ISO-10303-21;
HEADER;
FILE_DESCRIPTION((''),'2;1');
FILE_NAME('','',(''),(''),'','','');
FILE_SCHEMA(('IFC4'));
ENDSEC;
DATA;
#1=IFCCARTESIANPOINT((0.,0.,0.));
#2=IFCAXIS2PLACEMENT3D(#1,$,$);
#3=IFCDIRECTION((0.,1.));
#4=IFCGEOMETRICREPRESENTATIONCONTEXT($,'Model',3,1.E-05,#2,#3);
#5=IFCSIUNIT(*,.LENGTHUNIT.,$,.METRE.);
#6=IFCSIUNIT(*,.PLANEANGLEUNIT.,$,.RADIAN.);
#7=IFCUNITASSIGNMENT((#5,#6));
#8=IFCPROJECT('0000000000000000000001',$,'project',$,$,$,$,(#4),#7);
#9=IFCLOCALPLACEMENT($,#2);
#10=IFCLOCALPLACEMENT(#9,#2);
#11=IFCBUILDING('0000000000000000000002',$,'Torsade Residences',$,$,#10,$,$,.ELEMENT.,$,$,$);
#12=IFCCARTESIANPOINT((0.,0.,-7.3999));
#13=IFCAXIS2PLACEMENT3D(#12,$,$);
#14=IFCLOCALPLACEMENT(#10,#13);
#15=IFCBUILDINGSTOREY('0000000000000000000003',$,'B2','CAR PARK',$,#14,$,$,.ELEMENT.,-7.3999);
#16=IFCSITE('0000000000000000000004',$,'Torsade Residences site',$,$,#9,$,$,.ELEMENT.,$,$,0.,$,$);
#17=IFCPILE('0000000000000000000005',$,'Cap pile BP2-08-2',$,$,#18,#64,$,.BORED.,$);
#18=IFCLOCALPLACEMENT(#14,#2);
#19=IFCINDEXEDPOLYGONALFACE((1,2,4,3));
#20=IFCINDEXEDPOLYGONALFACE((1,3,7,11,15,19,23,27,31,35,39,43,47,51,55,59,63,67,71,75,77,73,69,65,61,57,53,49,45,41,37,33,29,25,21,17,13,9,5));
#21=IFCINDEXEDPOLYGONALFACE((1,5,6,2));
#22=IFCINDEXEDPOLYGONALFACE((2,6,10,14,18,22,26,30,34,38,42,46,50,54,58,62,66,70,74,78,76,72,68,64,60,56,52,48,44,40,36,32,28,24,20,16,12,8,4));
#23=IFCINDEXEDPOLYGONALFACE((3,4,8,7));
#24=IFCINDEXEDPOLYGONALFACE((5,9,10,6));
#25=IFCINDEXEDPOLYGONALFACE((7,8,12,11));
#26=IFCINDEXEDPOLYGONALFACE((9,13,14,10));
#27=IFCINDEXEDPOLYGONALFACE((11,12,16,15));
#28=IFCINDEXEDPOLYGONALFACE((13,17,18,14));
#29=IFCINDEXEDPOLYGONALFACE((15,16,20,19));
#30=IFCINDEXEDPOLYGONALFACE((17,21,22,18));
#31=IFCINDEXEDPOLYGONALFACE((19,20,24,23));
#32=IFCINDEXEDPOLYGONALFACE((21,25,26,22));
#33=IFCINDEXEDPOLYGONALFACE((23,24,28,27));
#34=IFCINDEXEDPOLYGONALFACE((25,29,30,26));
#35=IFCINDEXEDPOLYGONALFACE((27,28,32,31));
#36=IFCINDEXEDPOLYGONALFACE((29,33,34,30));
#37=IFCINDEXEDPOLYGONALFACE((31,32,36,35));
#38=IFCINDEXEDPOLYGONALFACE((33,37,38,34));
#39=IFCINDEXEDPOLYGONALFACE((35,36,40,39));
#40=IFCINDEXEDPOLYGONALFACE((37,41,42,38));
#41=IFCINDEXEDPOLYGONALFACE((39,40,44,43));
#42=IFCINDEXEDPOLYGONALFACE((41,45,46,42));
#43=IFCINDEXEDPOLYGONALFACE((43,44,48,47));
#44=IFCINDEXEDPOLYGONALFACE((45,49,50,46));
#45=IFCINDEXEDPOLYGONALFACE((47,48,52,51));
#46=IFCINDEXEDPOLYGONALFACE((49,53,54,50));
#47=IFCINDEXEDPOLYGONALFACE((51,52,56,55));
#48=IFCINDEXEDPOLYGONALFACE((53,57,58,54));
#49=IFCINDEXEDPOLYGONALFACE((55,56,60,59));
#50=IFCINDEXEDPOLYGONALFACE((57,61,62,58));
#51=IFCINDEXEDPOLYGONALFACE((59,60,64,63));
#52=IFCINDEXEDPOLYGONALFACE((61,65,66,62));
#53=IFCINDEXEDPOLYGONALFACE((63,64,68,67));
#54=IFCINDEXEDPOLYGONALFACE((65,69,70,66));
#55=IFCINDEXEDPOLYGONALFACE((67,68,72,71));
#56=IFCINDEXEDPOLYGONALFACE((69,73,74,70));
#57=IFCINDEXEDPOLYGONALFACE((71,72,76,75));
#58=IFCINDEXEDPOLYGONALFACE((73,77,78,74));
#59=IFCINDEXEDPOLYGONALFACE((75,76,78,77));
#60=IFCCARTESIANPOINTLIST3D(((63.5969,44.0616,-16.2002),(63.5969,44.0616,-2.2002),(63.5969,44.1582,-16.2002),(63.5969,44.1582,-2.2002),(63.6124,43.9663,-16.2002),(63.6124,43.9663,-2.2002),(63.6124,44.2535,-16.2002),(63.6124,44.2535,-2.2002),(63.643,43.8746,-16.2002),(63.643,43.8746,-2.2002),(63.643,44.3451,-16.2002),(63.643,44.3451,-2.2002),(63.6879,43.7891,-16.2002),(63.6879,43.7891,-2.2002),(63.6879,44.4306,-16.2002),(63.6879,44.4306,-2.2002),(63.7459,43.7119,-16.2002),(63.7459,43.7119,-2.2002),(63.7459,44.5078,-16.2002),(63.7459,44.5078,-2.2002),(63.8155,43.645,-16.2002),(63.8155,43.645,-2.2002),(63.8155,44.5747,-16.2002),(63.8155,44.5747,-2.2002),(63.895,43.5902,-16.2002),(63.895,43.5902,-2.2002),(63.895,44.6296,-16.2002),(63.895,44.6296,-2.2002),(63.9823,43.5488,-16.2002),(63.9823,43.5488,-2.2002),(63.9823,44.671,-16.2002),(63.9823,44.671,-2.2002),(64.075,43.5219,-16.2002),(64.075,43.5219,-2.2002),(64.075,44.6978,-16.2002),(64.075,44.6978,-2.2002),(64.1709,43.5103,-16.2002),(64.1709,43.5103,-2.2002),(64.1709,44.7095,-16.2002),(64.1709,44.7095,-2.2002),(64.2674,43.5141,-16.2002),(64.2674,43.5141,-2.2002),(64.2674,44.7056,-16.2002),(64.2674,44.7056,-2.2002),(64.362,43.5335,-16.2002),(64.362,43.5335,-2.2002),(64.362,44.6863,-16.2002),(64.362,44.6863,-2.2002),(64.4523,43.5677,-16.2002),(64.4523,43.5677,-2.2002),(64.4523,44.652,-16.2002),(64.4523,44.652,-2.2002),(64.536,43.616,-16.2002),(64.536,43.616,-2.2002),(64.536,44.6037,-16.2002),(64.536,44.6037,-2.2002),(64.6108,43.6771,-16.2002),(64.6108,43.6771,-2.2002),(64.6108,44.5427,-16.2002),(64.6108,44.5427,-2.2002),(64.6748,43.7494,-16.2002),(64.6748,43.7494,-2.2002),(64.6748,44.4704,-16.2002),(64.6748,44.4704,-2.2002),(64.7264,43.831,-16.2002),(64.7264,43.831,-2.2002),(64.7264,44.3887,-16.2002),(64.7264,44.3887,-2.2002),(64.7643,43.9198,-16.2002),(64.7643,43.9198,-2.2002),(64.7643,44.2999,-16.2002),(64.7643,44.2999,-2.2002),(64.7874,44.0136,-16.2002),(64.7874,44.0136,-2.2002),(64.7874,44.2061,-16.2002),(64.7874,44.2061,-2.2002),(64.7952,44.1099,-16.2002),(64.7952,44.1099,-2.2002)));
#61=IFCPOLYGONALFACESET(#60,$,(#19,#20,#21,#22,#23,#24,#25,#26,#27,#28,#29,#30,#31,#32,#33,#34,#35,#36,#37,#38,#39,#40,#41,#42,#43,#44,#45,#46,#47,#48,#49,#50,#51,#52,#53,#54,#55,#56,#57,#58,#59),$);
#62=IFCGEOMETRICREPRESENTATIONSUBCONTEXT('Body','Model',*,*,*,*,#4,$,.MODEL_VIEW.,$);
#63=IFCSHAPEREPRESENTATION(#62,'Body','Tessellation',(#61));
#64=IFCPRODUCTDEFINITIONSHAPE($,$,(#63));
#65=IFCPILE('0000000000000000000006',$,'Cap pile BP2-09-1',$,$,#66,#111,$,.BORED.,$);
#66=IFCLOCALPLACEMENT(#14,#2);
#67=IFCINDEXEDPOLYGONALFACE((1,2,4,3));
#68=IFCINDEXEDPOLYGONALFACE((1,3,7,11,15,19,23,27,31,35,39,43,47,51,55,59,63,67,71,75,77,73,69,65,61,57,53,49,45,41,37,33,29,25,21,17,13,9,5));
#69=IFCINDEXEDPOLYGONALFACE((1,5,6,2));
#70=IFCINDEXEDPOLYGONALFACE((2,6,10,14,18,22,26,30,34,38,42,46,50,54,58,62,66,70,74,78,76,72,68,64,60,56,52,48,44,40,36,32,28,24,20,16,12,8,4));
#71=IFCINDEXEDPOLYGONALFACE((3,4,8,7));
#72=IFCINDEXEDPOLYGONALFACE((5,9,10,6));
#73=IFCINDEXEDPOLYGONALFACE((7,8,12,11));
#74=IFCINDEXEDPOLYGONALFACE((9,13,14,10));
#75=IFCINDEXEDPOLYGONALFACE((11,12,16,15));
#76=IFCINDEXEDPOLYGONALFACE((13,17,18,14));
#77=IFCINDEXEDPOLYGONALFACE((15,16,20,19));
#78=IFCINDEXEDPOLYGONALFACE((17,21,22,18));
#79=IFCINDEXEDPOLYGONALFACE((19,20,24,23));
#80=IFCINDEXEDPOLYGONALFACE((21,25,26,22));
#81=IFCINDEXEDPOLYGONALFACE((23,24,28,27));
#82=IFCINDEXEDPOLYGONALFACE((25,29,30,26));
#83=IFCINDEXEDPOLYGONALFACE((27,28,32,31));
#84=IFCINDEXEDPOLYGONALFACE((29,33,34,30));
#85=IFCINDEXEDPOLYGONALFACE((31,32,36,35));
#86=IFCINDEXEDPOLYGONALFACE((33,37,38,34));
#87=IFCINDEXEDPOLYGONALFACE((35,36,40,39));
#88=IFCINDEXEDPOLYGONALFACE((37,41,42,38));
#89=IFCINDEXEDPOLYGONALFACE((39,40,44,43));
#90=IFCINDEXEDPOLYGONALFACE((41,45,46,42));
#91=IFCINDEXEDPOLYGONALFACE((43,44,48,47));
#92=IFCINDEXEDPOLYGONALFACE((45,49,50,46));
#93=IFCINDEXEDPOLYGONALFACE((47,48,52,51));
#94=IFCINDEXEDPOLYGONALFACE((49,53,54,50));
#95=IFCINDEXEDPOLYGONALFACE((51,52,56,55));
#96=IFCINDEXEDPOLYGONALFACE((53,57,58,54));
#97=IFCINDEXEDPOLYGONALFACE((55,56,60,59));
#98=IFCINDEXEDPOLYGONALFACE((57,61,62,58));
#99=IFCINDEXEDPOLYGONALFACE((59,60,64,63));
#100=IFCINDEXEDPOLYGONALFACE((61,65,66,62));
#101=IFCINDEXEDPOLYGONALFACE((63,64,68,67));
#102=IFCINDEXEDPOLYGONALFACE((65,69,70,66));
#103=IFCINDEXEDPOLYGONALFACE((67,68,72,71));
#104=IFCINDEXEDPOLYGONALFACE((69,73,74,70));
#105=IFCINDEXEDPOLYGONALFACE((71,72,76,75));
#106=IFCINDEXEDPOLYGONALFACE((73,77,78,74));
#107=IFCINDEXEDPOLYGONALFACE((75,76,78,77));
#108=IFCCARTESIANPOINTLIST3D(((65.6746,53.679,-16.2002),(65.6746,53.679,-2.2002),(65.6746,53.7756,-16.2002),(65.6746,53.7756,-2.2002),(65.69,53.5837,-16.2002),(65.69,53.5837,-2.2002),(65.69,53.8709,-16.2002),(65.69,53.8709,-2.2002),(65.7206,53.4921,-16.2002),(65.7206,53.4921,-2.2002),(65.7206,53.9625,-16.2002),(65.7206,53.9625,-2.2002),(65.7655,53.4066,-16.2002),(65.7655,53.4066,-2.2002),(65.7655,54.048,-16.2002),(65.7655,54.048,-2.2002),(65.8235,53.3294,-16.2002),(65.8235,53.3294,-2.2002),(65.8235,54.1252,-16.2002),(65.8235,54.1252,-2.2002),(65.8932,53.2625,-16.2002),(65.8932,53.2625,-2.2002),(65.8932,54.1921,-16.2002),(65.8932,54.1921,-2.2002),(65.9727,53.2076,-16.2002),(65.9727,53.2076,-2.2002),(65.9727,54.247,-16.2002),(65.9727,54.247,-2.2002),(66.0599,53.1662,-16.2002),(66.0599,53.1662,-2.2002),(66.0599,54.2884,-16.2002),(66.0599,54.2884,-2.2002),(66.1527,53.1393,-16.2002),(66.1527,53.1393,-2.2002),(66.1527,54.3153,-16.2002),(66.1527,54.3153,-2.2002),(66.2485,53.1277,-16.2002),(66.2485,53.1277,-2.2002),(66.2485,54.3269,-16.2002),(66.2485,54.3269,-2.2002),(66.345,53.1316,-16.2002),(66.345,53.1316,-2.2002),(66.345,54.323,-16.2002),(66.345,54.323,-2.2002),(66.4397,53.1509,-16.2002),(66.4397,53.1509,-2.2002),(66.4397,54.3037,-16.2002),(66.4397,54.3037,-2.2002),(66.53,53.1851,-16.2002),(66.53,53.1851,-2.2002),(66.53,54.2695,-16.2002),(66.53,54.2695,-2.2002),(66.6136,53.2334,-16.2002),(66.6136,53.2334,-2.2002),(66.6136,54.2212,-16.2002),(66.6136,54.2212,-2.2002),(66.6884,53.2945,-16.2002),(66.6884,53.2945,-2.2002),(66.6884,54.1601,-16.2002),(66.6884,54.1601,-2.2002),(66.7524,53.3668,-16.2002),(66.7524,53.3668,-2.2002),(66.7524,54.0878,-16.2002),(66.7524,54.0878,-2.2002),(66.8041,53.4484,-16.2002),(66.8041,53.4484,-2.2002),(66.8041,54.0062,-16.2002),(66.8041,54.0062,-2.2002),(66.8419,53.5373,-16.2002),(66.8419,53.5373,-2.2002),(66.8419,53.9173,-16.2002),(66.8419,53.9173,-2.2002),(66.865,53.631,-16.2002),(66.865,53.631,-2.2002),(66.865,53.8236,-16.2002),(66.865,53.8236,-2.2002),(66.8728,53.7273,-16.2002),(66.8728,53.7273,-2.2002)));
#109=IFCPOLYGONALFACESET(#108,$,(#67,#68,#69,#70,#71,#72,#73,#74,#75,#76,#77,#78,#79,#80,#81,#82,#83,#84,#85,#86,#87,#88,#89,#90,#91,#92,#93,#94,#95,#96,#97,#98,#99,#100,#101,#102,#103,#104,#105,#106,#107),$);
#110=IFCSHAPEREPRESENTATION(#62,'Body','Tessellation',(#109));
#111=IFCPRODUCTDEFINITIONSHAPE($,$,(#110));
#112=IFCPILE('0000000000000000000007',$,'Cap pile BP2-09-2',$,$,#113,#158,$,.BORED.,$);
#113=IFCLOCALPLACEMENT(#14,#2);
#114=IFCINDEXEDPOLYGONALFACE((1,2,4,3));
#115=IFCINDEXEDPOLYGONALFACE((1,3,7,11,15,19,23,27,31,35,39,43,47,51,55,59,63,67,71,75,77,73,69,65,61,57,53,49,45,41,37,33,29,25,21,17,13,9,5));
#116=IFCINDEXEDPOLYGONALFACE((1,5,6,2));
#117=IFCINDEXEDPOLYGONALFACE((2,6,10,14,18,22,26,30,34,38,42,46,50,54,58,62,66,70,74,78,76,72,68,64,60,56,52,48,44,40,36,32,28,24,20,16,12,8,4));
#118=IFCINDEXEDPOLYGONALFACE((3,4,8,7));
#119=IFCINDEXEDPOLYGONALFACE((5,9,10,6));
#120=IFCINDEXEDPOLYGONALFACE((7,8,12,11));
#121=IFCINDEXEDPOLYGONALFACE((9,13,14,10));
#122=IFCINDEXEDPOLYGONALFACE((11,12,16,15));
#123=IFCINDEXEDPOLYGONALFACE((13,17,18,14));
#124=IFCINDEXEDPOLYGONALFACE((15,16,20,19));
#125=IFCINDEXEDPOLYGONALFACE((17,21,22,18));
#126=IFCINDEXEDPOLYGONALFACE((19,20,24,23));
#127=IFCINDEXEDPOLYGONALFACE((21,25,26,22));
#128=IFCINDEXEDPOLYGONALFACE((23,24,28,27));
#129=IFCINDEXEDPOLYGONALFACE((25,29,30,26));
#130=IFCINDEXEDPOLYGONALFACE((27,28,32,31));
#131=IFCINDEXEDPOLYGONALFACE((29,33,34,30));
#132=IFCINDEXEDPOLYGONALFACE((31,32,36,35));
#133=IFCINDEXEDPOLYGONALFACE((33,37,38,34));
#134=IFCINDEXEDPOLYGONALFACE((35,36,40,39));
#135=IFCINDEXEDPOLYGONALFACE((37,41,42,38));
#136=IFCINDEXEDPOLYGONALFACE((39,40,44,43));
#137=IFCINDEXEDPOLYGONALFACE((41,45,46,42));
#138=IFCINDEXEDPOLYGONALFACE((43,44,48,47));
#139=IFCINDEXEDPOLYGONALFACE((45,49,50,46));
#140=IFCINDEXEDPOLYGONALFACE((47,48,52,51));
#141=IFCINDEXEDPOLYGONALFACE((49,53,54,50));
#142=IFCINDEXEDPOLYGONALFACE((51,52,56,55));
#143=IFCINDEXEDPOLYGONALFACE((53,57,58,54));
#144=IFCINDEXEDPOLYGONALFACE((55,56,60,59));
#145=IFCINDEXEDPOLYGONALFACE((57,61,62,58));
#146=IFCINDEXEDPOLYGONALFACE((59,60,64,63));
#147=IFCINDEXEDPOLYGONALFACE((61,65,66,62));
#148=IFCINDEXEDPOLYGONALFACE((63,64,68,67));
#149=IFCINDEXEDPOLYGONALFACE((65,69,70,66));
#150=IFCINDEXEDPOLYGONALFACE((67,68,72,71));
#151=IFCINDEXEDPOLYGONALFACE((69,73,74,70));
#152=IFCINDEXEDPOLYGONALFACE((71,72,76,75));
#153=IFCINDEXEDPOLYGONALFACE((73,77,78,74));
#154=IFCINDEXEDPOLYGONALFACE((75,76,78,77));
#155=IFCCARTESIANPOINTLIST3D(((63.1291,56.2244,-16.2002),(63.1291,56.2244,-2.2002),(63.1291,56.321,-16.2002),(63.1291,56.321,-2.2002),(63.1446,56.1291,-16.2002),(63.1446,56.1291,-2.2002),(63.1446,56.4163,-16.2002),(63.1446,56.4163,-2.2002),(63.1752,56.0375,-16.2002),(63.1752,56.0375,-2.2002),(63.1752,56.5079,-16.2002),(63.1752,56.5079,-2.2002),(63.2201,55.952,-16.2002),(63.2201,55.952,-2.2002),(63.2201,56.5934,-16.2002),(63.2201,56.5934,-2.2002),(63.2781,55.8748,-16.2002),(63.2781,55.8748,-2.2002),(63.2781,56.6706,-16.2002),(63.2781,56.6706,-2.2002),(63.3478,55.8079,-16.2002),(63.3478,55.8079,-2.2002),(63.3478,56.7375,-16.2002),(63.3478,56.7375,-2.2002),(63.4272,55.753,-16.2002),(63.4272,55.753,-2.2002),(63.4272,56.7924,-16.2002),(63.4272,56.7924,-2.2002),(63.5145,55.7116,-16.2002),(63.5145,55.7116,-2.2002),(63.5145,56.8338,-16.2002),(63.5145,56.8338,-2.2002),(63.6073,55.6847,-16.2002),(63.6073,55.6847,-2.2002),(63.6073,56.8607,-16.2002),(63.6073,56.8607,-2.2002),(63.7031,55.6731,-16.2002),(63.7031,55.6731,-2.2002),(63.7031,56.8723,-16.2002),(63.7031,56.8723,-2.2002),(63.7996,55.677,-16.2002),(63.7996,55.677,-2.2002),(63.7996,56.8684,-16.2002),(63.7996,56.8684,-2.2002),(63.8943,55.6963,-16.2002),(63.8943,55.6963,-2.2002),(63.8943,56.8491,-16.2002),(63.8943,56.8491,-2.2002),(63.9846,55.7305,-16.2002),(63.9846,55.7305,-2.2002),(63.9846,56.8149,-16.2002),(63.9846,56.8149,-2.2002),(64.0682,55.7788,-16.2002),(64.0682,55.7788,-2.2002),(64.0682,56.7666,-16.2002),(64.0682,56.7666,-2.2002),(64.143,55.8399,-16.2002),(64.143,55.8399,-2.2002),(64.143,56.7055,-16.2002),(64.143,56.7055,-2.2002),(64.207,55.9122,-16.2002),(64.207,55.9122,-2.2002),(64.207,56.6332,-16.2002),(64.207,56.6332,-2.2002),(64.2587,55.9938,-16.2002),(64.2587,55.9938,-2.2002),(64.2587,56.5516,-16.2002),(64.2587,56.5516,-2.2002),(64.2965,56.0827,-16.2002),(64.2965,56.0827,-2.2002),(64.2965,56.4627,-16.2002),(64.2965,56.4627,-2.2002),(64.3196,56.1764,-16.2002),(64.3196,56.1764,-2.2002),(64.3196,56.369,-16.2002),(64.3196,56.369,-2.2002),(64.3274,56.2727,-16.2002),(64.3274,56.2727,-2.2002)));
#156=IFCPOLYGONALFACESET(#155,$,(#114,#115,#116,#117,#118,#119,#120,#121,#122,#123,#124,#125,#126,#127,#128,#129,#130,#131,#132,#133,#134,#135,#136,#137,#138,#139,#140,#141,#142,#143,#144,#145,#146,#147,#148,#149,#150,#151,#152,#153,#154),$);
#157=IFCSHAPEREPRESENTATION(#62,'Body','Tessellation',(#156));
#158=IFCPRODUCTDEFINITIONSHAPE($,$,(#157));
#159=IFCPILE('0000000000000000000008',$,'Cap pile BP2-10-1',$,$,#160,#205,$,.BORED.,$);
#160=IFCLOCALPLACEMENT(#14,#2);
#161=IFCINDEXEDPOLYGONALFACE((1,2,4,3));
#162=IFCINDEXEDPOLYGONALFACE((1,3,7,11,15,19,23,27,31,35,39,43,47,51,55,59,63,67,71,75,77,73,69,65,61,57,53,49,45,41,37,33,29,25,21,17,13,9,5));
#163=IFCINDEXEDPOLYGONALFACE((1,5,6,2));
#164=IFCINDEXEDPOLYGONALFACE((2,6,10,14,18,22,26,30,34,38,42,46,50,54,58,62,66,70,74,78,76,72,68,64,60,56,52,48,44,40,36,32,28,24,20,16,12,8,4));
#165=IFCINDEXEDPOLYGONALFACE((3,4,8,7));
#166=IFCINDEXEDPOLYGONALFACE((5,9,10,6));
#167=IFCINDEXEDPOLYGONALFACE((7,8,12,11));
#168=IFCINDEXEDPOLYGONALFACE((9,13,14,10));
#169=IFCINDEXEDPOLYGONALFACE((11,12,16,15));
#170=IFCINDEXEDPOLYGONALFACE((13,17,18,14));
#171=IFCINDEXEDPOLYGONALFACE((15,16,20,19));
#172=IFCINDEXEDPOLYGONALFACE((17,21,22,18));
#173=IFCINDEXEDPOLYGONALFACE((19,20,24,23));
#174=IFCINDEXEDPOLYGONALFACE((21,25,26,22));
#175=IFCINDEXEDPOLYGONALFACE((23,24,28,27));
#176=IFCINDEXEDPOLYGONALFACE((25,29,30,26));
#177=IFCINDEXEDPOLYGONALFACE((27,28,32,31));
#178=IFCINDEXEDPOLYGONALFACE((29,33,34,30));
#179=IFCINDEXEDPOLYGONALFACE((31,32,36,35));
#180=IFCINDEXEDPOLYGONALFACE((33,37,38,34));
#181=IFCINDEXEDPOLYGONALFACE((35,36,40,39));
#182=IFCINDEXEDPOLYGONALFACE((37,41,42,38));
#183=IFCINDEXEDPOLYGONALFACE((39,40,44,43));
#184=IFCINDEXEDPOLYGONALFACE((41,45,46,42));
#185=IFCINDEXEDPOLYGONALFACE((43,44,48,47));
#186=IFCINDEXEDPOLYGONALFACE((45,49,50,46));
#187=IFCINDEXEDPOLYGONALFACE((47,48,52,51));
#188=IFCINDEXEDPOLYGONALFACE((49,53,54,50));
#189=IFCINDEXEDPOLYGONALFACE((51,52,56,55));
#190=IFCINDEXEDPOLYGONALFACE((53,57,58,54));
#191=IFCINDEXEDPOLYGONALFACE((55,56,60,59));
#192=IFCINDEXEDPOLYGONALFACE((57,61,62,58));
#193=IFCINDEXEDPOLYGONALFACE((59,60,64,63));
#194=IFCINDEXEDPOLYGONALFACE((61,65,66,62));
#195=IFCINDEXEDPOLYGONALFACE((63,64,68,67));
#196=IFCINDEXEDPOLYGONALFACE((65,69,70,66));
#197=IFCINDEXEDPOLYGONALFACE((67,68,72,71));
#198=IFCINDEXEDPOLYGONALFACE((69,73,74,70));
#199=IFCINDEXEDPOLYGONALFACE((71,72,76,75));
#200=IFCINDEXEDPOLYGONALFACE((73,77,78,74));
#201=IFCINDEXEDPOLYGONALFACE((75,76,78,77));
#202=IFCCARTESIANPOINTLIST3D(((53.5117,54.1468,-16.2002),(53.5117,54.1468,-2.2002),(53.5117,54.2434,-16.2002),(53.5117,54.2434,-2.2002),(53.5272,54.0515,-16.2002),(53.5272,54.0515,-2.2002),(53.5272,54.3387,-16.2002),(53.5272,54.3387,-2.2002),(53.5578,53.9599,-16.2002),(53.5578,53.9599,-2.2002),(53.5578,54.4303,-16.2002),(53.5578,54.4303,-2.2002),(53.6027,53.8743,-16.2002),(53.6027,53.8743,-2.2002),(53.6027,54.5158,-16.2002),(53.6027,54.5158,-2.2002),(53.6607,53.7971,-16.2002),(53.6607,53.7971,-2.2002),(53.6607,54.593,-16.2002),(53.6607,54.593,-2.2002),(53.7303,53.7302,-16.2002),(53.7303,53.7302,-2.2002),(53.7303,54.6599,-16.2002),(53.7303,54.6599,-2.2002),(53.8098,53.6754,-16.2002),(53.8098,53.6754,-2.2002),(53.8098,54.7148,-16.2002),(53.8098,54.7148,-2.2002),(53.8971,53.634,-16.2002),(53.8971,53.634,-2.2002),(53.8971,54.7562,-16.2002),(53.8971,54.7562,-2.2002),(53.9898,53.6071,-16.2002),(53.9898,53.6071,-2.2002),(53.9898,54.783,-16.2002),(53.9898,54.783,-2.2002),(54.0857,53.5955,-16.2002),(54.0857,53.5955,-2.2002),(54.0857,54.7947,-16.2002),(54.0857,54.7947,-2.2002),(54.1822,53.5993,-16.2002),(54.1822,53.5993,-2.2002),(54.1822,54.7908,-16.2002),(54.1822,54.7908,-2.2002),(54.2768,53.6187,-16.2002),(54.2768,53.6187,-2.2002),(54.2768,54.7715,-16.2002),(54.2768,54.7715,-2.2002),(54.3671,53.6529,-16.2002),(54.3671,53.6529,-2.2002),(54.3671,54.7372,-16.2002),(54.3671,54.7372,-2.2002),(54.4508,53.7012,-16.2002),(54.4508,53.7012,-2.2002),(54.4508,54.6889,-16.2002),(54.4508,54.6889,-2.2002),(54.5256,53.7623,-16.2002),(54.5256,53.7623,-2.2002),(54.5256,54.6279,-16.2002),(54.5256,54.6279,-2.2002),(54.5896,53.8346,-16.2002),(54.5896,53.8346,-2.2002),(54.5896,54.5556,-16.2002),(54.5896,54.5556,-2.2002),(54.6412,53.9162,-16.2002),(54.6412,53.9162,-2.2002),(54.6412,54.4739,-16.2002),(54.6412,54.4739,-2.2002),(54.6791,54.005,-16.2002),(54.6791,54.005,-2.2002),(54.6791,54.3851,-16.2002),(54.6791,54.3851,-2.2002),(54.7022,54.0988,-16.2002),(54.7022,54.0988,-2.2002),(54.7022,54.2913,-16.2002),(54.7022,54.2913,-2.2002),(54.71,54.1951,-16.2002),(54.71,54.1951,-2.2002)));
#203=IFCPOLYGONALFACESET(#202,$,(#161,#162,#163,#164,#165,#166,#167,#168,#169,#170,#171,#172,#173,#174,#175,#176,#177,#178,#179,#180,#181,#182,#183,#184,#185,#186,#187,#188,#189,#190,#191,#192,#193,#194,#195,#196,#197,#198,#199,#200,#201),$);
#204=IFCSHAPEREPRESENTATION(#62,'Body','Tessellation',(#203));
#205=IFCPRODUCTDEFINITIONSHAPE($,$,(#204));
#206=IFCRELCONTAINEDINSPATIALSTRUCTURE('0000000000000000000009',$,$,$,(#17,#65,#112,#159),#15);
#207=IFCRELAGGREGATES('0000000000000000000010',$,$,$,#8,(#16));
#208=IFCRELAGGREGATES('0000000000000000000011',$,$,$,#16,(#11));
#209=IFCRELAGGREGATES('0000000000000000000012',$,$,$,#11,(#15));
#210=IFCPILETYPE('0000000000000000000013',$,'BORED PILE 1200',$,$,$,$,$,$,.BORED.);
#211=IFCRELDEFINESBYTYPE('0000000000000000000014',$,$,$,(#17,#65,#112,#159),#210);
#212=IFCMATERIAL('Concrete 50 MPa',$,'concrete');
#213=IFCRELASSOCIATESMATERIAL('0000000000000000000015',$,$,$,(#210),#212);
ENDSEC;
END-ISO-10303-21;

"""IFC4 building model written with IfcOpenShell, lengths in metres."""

from ifc_helpers import new_model, si_unit, direction, frame, origin, origin_2d, place, context, subcontext, project, spatial, circle, extrude, material, type_object, element, save


model = new_model("IFC4")

# Units and contexts
model_context = context("Model", 3, precision=1e-05, world=origin(), true_north=direction((0.0, 1.0)))
body_context = subcontext(model_context, "Body", "Model", "MODEL_VIEW")
ifc_project = project(units=[si_unit("LENGTHUNIT", "METRE"), si_unit("PLANEANGLEUNIT", "RADIAN")], contexts=[model_context])

# Site, building, storey
site_placement = place(None, origin())
site = spatial("IfcSite", under=ifc_project, at=site_placement, Name="Torsade Residences site", CompositionType="ELEMENT", RefElevation=0.0)
building_placement = place(site_placement, origin())
building = spatial("IfcBuilding", under=site, at=building_placement, Name="Torsade Residences", CompositionType="ELEMENT")
storey_placement = place(building_placement, frame((0.0, 0.0, -7.3999)))
storey = spatial("IfcBuildingStorey", under=building, at=storey_placement, Name="B2", Description="CAR PARK", CompositionType="ELEMENT", Elevation=-7.3999)

# Piles
ifc_material_1 = material(Name="Concrete 50 MPa", Category="concrete")
pile_type_1 = type_object("IfcPileType", Name="BORED PILE 1200", PredefinedType="BORED", material=ifc_material_1)
for number, where, z_axis, x_axis, name in (
    (1, (64.1951, 44.1099, -2.2002), (0.0, 0.0, -1.0), (1.0, 0.0, 0.0), "Cap pile BP2-08-2"),
    (2, (66.2727, 53.7273, -2.2002), (0.0, 0.0, -1.0), (1.0, 0.0, 0.0), "Cap pile BP2-09-1"),
    (3, (63.7273, 56.2727, -2.2002), (0.0, 0.0, -1.0), (1.0, 0.0, 0.0), "Cap pile BP2-09-2"),
    (4, (54.1099, 54.1951, -2.2002), (0.0, 0.0, -1.0), (1.0, 0.0, 0.0), "Cap pile BP2-10-1"),
):
    element("IfcPile", number, at=place(storey_placement, frame(where, z_axis=z_axis, x_axis=x_axis)), inside=storey, type_object=pile_type_1, Name=name, PredefinedType="BORED", context=body_context, shape_type="SweptSolid", body=[
        extrude(circle(Radius=0.6001, at=origin_2d()), origin(), (0.0, 0.0, 1.0), 14.0),
    ])

save(model, "model.ifc")
